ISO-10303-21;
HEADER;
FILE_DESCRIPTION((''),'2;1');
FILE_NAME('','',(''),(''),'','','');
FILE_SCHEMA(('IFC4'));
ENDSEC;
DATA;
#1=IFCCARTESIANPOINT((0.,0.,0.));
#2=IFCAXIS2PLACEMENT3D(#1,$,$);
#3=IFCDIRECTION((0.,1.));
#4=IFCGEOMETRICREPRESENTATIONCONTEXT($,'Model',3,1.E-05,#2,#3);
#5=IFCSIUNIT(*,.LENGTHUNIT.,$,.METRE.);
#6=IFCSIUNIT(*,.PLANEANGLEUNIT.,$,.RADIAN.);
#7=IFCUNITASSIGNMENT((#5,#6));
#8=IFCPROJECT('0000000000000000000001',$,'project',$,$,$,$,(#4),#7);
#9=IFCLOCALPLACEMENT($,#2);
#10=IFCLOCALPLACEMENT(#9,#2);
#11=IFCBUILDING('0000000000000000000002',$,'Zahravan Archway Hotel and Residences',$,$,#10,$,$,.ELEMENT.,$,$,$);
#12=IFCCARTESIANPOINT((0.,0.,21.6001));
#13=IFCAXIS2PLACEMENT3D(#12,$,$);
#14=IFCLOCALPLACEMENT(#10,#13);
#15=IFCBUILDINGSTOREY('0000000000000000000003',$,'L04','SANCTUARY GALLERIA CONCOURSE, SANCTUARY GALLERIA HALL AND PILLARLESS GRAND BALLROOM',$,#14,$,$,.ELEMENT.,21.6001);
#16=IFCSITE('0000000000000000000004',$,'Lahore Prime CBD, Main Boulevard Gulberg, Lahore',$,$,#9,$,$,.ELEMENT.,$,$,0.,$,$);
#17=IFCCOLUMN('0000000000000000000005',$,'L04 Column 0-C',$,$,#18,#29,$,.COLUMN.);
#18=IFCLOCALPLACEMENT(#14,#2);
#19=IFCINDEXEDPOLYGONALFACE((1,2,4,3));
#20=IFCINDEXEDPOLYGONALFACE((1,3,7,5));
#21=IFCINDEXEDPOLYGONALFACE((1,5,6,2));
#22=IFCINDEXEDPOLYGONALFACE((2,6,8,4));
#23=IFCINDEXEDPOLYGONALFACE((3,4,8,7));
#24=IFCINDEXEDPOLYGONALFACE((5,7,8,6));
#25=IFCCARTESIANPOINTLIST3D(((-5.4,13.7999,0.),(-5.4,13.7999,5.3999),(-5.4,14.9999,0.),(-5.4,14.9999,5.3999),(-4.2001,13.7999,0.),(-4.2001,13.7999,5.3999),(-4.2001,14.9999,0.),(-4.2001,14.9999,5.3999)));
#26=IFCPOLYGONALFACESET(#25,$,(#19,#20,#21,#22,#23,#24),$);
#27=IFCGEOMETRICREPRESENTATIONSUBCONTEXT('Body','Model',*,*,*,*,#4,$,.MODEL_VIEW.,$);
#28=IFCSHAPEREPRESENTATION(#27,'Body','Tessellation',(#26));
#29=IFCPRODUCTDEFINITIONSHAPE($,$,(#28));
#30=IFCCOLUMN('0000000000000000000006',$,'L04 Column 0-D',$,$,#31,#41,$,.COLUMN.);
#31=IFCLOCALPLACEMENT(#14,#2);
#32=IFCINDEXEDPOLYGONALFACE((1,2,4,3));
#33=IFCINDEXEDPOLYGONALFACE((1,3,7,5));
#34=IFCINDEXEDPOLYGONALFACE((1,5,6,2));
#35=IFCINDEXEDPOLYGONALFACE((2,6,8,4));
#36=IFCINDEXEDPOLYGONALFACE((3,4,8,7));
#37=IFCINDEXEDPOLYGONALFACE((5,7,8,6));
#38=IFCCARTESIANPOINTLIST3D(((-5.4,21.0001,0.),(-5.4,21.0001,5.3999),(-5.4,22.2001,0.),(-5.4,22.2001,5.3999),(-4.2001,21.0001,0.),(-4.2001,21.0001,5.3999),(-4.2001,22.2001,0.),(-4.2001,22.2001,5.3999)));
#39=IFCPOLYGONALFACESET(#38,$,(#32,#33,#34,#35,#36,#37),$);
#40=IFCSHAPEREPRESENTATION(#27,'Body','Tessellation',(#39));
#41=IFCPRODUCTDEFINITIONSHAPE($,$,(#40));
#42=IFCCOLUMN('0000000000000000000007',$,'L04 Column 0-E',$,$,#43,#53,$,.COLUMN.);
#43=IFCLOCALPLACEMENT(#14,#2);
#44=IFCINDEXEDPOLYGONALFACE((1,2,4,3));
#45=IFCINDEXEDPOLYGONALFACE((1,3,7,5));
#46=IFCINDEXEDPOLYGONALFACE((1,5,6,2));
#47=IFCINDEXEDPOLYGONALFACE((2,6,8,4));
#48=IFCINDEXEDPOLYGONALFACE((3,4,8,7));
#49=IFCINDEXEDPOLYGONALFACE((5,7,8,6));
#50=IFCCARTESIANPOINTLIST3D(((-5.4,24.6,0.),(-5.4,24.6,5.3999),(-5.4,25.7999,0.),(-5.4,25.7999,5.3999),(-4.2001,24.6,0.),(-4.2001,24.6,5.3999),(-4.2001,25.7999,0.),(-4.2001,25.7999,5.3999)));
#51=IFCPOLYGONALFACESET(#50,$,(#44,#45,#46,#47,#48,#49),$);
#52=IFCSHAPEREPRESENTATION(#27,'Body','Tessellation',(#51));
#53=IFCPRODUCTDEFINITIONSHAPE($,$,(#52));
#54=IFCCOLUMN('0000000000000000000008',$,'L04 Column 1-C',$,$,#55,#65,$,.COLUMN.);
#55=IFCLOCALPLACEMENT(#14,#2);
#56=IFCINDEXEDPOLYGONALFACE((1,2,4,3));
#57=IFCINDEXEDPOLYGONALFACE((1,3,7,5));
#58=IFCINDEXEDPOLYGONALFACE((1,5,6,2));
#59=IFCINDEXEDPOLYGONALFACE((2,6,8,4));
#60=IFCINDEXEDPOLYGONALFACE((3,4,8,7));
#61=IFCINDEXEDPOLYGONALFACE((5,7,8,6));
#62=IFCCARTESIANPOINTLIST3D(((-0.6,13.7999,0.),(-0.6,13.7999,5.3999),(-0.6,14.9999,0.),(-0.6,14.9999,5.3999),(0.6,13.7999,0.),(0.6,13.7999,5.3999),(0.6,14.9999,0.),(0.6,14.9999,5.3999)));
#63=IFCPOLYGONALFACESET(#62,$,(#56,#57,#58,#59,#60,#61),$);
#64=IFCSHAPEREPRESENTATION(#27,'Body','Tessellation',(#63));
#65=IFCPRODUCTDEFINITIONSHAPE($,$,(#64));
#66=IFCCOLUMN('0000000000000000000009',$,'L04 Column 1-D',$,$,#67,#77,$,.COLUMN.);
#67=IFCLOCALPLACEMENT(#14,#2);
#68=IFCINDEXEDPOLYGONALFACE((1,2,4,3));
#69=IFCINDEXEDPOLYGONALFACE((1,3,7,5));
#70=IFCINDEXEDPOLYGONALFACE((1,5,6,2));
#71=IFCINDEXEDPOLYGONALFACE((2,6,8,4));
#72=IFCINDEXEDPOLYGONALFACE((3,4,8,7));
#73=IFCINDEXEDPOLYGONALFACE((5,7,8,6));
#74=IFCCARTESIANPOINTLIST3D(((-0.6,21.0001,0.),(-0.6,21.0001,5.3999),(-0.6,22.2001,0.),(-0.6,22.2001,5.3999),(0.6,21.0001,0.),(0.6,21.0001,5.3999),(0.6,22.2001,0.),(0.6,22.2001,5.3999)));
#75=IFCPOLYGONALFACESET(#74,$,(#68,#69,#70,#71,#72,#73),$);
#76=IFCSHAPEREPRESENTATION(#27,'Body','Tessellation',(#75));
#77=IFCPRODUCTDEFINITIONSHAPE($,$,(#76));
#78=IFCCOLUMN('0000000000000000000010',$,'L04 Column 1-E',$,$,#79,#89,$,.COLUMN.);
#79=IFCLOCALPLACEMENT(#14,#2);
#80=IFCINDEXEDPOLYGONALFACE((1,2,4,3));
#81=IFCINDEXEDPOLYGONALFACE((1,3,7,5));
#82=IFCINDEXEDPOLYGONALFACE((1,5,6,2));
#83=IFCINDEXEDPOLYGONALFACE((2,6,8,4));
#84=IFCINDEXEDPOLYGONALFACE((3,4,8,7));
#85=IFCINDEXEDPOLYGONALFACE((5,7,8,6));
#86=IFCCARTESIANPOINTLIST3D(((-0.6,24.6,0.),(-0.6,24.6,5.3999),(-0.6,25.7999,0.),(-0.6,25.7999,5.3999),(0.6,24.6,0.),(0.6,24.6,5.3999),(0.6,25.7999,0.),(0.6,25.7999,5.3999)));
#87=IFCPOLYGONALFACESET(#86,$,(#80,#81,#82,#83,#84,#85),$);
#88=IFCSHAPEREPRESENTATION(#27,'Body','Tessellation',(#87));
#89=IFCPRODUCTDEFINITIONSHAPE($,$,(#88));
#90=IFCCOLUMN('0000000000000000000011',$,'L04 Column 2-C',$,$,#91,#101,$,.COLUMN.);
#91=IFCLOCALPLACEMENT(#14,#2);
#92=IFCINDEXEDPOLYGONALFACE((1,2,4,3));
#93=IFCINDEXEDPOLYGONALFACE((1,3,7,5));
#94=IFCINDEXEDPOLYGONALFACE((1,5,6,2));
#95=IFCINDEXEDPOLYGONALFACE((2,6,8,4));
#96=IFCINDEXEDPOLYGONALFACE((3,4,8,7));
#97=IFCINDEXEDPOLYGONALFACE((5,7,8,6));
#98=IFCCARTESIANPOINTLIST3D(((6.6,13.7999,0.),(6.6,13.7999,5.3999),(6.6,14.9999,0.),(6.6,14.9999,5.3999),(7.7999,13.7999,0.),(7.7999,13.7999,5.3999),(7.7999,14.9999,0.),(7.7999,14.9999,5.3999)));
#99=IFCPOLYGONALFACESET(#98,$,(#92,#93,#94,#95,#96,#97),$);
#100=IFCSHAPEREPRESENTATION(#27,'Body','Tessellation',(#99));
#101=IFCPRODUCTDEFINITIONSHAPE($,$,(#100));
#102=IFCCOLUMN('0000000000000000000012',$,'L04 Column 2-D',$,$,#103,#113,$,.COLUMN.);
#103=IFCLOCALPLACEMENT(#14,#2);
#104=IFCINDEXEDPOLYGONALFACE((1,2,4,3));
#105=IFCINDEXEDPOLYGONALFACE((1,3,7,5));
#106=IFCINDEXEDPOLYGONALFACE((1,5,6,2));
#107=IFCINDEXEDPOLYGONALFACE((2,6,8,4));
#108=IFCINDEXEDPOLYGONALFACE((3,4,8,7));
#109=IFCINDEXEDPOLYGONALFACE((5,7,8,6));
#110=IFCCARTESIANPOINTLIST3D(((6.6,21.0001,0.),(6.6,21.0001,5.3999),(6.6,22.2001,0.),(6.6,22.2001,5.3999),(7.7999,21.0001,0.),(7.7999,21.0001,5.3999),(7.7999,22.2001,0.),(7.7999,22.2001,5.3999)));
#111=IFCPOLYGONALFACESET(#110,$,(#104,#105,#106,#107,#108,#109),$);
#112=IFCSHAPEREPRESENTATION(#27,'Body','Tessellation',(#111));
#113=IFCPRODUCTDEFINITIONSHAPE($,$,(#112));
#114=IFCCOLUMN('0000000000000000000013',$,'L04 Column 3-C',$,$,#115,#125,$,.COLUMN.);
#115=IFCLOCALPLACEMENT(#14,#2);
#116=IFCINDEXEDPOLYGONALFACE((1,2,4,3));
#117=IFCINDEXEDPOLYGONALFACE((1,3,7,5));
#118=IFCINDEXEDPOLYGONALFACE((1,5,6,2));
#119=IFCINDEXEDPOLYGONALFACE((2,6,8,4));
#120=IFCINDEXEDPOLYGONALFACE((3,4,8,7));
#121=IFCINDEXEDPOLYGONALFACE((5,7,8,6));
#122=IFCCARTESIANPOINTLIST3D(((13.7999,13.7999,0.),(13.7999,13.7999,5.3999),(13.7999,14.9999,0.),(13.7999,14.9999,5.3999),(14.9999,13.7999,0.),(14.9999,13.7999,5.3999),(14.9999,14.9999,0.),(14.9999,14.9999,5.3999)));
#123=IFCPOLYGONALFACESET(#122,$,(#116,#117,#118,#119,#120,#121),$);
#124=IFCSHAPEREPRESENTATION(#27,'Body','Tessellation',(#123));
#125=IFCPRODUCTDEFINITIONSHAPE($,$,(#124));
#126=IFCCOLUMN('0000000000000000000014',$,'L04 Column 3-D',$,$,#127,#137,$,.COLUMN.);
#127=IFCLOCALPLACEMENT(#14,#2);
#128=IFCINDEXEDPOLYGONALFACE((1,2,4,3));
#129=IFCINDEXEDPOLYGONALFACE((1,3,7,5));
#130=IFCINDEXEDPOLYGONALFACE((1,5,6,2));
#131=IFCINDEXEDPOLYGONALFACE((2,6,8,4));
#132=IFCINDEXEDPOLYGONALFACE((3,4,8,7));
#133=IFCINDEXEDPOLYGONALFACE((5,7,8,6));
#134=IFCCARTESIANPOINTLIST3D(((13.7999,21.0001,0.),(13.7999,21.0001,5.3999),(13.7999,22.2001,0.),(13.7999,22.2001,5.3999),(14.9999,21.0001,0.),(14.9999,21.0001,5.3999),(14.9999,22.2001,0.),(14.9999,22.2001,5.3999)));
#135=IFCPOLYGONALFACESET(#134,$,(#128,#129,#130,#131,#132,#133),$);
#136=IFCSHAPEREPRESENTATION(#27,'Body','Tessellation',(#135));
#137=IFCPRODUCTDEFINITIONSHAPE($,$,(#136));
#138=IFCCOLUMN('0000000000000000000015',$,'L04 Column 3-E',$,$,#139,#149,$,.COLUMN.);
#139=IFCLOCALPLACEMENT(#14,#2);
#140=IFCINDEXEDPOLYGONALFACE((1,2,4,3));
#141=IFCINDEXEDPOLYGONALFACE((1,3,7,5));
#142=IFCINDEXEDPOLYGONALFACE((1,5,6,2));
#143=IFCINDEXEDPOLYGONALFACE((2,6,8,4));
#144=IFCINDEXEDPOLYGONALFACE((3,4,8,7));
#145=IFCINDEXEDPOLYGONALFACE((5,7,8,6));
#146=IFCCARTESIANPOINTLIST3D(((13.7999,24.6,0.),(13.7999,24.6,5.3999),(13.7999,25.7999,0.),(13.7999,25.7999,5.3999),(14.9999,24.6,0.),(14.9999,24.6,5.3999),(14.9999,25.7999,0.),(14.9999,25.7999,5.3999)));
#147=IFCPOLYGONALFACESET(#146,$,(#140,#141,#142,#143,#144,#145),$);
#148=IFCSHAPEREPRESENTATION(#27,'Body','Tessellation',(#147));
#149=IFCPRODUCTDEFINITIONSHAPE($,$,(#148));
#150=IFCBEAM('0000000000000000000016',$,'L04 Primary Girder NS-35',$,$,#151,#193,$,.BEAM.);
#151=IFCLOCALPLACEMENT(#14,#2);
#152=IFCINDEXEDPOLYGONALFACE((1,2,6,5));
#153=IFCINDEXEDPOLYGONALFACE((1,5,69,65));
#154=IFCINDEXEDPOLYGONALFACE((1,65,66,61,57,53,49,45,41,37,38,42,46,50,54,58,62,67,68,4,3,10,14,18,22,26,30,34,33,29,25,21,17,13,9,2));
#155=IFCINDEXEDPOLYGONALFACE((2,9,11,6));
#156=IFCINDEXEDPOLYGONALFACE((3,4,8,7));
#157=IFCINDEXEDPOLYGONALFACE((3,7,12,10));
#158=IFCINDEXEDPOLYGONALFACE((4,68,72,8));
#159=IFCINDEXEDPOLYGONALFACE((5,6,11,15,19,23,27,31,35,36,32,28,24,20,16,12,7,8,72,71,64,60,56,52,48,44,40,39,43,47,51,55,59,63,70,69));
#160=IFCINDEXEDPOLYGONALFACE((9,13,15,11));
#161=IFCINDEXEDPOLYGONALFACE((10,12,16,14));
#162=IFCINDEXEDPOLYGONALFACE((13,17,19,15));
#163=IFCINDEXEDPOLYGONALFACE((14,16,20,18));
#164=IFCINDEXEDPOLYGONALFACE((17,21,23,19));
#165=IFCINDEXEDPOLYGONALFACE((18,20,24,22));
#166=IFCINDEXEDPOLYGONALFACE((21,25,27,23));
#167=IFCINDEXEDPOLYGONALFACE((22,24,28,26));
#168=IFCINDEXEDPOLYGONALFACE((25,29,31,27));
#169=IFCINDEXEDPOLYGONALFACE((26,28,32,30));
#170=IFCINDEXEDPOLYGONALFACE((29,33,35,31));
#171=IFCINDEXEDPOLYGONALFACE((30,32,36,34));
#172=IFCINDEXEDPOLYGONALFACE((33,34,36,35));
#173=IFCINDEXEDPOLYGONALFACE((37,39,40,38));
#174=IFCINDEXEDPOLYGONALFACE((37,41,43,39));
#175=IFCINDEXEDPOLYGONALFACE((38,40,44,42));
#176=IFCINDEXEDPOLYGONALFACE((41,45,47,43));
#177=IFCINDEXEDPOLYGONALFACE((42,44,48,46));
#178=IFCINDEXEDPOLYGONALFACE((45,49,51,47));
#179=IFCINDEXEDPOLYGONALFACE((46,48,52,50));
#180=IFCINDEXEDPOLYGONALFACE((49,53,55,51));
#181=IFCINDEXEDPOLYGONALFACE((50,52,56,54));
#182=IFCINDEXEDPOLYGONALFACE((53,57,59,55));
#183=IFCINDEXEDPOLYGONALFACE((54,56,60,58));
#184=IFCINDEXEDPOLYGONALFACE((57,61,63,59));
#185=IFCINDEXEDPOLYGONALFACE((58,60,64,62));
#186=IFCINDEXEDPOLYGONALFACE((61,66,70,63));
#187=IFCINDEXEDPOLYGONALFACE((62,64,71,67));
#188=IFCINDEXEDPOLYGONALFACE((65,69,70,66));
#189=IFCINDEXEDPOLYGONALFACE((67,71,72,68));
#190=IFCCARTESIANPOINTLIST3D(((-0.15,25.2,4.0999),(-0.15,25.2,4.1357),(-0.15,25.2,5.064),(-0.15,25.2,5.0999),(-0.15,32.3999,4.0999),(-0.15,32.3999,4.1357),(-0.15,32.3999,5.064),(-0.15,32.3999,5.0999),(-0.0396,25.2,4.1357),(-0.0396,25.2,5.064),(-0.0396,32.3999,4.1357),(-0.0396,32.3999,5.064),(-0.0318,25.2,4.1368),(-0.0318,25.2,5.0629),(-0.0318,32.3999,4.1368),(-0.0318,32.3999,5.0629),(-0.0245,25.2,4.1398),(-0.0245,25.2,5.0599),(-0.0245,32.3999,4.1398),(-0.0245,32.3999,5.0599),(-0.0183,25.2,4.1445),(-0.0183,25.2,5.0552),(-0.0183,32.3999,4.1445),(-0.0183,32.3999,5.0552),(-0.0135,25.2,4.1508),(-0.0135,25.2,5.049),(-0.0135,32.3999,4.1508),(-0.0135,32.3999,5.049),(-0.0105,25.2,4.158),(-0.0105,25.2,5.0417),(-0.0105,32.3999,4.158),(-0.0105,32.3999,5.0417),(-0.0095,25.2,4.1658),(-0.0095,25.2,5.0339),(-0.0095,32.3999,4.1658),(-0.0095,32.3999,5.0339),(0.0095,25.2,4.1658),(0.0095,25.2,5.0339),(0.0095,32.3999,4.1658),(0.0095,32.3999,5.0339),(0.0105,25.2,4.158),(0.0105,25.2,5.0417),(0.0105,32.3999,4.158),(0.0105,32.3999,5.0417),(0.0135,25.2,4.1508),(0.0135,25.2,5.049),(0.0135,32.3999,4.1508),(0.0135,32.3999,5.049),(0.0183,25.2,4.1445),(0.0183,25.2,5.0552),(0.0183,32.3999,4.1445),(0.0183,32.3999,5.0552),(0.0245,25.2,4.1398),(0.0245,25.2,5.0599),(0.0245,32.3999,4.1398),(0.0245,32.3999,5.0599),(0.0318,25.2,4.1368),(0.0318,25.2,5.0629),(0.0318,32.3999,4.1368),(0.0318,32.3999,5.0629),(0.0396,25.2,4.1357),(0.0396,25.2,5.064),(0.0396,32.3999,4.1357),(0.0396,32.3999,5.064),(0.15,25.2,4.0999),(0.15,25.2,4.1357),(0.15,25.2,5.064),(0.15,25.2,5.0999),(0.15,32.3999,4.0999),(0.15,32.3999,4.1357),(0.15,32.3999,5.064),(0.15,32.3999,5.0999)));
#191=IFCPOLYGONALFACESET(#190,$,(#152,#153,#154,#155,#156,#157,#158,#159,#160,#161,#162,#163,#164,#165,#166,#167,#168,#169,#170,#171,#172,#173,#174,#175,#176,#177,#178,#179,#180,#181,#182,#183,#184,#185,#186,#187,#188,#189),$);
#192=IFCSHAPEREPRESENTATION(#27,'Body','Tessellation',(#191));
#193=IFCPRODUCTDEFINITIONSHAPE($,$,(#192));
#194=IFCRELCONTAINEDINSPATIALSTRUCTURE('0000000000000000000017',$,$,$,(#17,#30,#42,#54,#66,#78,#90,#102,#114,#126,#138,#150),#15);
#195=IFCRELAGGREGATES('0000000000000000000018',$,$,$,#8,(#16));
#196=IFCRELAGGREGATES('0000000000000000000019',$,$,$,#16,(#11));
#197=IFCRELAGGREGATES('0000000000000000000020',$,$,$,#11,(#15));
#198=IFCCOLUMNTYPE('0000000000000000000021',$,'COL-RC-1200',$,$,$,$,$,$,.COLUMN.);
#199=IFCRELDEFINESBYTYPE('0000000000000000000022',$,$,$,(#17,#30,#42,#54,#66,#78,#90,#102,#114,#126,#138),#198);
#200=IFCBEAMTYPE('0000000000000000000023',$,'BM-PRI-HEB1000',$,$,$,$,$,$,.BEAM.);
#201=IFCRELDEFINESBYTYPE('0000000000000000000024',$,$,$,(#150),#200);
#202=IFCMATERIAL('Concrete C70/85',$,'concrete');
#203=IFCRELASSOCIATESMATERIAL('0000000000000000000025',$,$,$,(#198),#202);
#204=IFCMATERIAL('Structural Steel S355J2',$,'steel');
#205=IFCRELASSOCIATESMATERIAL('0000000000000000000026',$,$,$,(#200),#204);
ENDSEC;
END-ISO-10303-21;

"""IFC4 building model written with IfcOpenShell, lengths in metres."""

from ifc_helpers import new_model, si_unit, direction, frame, origin, origin_2d, place, context, subcontext, project, spatial, rectangle, i_section, extrude, source, transform, mapped, material, material_profile, profile_set, type_object, element, save


model = new_model("IFC4")

# Units and contexts
model_context = context("Model", 3, precision=1e-05, world=origin(), true_north=direction((0.0, 1.0)))
body_context = subcontext(model_context, "Body", "Model", "MODEL_VIEW")
ifc_project = project(units=[si_unit("LENGTHUNIT", "METRE"), si_unit("PLANEANGLEUNIT", "RADIAN")], contexts=[model_context])

# Site, building, storey
site_placement = place(None, origin())
site = spatial("IfcSite", under=ifc_project, at=site_placement, Name="Lahore Prime CBD, Main Boulevard Gulberg, Lahore", CompositionType="ELEMENT", RefElevation=0.0)
building_placement = place(site_placement, origin())
building = spatial("IfcBuilding", under=site, at=building_placement, Name="Zahravan Archway Hotel and Residences", CompositionType="ELEMENT")
storey_placement = place(building_placement, frame((0.0, 0.0, 21.6001)))
storey = spatial("IfcBuildingStorey", under=building, at=storey_placement, Name="L04", Description="SANCTUARY GALLERIA CONCOURSE, SANCTUARY GALLERIA HALL AND PILLARLESS GRAND BALLROOM", CompositionType="ELEMENT", Elevation=21.6001)

# Columns
ifc_material_1 = material(Name="Concrete C70/85", Category="concrete")
ifc_material_profile_1 = material_profile(ifc_material_1, rectangle(XDim=1.2, YDim=1.2, at=origin_2d()), Name="RC-COL-1200x1200", Category="concrete")
ifc_profile_set_1 = profile_set([ifc_material_profile_1], Name="Concrete C70/85")
column_type = type_object("IfcColumnType", Name="COL-RC-1200", PredefinedType="COLUMN", material=ifc_profile_set_1)
shared_shape_1 = source(origin(), body_context, "Body", "SweptSolid", [
    extrude(rectangle(XDim=1.2, YDim=1.2, at=origin_2d()), origin(), (0.0, 0.0, 1.0), 5.3999),
])
for number, where, z_axis, x_axis, name in (
    (1, (-4.8, 14.3999, 0.0), (0.0, 0.0, 1.0), (1.0, 0.0, 0.0), "L04 Column 0-C"),
    (2, (-4.8, 21.6001, 0.0), (0.0, 0.0, 1.0), (1.0, 0.0, 0.0), "L04 Column 0-D"),
    (3, (-4.8, 25.2, 0.0), (0.0, 0.0, 1.0), (1.0, 0.0, 0.0), "L04 Column 0-E"),
    (4, (0.0, 14.3999, 0.0), (0.0, 0.0, 1.0), (1.0, 0.0, 0.0), "L04 Column 1-C"),
    (5, (0.0, 21.6001, 0.0), (0.0, 0.0, 1.0), (1.0, 0.0, 0.0), "L04 Column 1-D"),
    (6, (0.0, 25.2, 0.0), (0.0, 0.0, 1.0), (1.0, 0.0, 0.0), "L04 Column 1-E"),
    (7, (7.2, 14.3999, 0.0), (0.0, 0.0, 1.0), (1.0, 0.0, 0.0), "L04 Column 2-C"),
    (8, (7.2, 21.6001, 0.0), (0.0, 0.0, 1.0), (1.0, 0.0, 0.0), "L04 Column 2-D"),
    (9, (14.3999, 14.3999, 0.0), (0.0, 0.0, 1.0), (1.0, 0.0, 0.0), "L04 Column 3-C"),
    (10, (14.3999, 21.6001, 0.0), (0.0, 0.0, 1.0), (1.0, 0.0, 0.0), "L04 Column 3-D"),
    (11, (14.3999, 25.2, 0.0), (0.0, 0.0, 1.0), (1.0, 0.0, 0.0), "L04 Column 3-E"),
):
    element("IfcColumn", number, at=place(storey_placement, frame(where, z_axis=z_axis, x_axis=x_axis)), inside=storey, type_object=column_type, Name=name, PredefinedType="COLUMN", context=body_context, shape_type="MappedRepresentation", body=[
        mapped(shared_shape_1, transform((0.0, 0.0, 0.0), scale=1.0)),
    ])

# Beam
ifc_material_2 = material(Name="Structural Steel S355J2", Category="steel")
ifc_material_profile_2 = material_profile(ifc_material_2, i_section(OverallWidth=0.3, OverallDepth=1.0, WebThickness=0.019, FlangeThickness=0.0359, FilletRadius=0.03, at=origin_2d()), Name="HEB 1000", Category="steel")
ifc_profile_set_2 = profile_set([ifc_material_profile_2], Name="Structural Steel S355J2")
beam_type_1 = type_object("IfcBeamType", Name="BM-PRI-HEB1000", PredefinedType="BEAM", material=ifc_profile_set_2)
shared_shape_2 = source(origin(), body_context, "Body", "SweptSolid", [
    extrude(i_section(OverallWidth=0.3, OverallDepth=1.0, WebThickness=0.019, FlangeThickness=0.0359, FilletRadius=0.03, at=origin_2d()), origin(), (0.0, 0.0, 1.0), 7.2),
])
for number, where, z_axis, x_axis, name in (
    (12, (0.0, 25.2, 4.5999), (0.0, 1.0, 0.0), (-1.0, 0.0, 0.0), "L04 Primary Girder NS-35"),
):
    element("IfcBeam", number, at=place(storey_placement, frame(where, z_axis=z_axis, x_axis=x_axis)), inside=storey, type_object=beam_type_1, Name=name, PredefinedType="BEAM", context=body_context, shape_type="MappedRepresentation", body=[
        mapped(shared_shape_2, transform((0.0, 0.0, 0.0), scale=1.0)),
    ])

save(model, "model.ifc")
